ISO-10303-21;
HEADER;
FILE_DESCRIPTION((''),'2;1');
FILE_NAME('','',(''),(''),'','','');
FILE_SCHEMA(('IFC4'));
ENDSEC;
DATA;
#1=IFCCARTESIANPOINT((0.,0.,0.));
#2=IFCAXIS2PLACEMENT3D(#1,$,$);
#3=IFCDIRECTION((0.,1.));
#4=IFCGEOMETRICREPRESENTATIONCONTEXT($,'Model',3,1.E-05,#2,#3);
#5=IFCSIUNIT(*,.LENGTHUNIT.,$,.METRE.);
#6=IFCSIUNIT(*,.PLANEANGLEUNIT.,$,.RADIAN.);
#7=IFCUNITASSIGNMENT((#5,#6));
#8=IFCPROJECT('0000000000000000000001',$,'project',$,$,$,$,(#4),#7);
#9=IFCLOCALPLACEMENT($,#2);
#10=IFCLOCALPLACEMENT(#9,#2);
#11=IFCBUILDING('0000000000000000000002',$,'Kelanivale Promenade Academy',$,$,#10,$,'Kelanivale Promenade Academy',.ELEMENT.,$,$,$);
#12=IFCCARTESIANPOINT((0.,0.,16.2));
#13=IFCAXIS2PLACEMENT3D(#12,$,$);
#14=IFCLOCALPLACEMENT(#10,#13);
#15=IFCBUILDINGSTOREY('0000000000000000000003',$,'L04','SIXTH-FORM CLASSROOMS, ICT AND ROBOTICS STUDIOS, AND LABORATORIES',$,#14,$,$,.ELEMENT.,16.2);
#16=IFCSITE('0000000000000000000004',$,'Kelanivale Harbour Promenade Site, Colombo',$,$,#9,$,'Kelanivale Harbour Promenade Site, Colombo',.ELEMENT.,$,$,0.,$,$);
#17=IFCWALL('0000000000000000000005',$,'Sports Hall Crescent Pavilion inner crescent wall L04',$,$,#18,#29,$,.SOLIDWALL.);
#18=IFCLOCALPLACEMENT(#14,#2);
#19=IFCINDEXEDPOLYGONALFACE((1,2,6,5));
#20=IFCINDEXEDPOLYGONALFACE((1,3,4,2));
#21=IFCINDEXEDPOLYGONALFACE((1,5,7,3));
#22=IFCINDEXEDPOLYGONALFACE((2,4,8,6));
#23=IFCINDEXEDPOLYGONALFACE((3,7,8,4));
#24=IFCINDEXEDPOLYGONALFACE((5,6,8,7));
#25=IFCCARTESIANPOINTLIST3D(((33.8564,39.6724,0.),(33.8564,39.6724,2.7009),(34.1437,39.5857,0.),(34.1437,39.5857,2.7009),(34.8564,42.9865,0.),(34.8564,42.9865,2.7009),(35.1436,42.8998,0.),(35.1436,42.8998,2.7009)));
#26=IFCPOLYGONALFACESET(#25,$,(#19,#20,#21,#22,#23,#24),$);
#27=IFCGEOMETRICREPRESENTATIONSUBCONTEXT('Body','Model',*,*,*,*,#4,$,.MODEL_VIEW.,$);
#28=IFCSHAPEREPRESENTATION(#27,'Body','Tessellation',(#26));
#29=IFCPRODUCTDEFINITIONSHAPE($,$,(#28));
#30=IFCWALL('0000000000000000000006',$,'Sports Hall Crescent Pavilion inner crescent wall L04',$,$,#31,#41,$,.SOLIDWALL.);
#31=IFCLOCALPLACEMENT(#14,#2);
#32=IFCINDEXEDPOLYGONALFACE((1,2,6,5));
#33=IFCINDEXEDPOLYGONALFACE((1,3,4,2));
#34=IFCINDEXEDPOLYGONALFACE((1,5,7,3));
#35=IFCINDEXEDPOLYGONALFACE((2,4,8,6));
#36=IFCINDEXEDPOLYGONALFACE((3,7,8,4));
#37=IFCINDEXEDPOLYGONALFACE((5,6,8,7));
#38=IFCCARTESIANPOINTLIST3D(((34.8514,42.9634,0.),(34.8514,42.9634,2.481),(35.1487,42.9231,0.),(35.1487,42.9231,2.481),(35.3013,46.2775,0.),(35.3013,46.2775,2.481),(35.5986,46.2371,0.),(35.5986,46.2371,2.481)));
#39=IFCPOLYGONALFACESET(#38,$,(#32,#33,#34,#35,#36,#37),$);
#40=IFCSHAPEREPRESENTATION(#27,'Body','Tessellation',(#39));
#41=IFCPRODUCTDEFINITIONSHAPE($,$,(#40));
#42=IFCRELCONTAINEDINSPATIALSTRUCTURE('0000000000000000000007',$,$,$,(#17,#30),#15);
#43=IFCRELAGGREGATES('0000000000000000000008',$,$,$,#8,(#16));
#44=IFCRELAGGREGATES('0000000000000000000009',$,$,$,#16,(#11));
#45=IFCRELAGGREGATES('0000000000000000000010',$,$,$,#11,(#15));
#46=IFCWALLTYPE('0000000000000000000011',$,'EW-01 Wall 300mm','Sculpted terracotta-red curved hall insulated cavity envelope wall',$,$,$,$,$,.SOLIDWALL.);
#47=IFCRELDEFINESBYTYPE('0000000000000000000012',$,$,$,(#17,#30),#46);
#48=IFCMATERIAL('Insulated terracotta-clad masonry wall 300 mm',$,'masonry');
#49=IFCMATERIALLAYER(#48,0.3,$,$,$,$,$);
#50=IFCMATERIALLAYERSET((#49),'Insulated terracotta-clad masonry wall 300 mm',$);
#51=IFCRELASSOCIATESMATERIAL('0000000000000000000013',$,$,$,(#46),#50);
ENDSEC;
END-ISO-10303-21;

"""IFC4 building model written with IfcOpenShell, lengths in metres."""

from ifc_helpers import new_model, si_unit, direction, frame, frame_2d, origin, place, context, subcontext, project, spatial, rectangle, extrude, material, layer, layer_set, type_object, element, save


model = new_model("IFC4")

# Units and contexts
model_context = context("Model", 3, precision=1e-05, world=origin(), true_north=direction((0.0, 1.0)))
body_context = subcontext(model_context, "Body", "Model", "MODEL_VIEW")
ifc_project = project(units=[si_unit("LENGTHUNIT", "METRE"), si_unit("PLANEANGLEUNIT", "RADIAN")], contexts=[model_context])

# Site, building, storey
site_placement = place(None, origin())
site = spatial("IfcSite", under=ifc_project, at=site_placement, Name="Kelanivale Harbour Promenade Site, Colombo", LongName="Kelanivale Harbour Promenade Site, Colombo", CompositionType="ELEMENT", RefElevation=0.0)
building_placement = place(site_placement, origin())
building = spatial("IfcBuilding", under=site, at=building_placement, Name="Kelanivale Promenade Academy", LongName="Kelanivale Promenade Academy", CompositionType="ELEMENT")
storey_placement = place(building_placement, frame((0.0, 0.0, 16.2)))
storey = spatial("IfcBuildingStorey", under=building, at=storey_placement, Name="L04", Description="SIXTH-FORM CLASSROOMS, ICT AND ROBOTICS STUDIOS, AND LABORATORIES", CompositionType="ELEMENT", Elevation=16.2)

# Walls
ifc_material_1 = material(Name="Insulated terracotta-clad masonry wall 300 mm", Category="masonry")
ifc_layer_1 = layer(ifc_material_1, 0.3)
ifc_layer_set_1 = layer_set([ifc_layer_1], Name="Insulated terracotta-clad masonry wall 300 mm")
wall_type = type_object("IfcWallType", Name="EW-01 Wall 300mm", Description="Sculpted terracotta-red curved hall insulated cavity envelope wall", PredefinedType="SOLIDWALL", material=ifc_layer_set_1)
wall_1_placement = place(storey_placement, frame((34.0, 39.6289, 0.0), z_axis=(0.0, 0.0, 1.0), x_axis=(0.288868, 0.957369, 0.0)))
element("IfcWall", 1, at=wall_1_placement, inside=storey, type_object=wall_type, Name="Sports Hall Crescent Pavilion inner crescent wall L04", PredefinedType="SOLIDWALL", context=body_context, shape_type="SweptSolid", body=[
    extrude(rectangle(XDim=3.4617, YDim=0.3, at=frame_2d((1.731, 0.0))), origin(), (0.0, 0.0, 1.0), 2.7009),
])
wall_2_placement = place(storey_placement, frame((35.0, 42.9431, 0.0), z_axis=(0.0, 0.0, 1.0), x_axis=(0.13454, 0.990908, 0.0)))
element("IfcWall", 2, at=wall_2_placement, inside=storey, type_object=wall_type, Name="Sports Hall Crescent Pavilion inner crescent wall L04", PredefinedType="SOLIDWALL", context=body_context, shape_type="SweptSolid", body=[
    extrude(rectangle(XDim=3.3445, YDim=0.3, at=frame_2d((1.6724, 0.0))), origin(), (0.0, 0.0, 1.0), 2.481),
])

save(model, "model.ifc")
